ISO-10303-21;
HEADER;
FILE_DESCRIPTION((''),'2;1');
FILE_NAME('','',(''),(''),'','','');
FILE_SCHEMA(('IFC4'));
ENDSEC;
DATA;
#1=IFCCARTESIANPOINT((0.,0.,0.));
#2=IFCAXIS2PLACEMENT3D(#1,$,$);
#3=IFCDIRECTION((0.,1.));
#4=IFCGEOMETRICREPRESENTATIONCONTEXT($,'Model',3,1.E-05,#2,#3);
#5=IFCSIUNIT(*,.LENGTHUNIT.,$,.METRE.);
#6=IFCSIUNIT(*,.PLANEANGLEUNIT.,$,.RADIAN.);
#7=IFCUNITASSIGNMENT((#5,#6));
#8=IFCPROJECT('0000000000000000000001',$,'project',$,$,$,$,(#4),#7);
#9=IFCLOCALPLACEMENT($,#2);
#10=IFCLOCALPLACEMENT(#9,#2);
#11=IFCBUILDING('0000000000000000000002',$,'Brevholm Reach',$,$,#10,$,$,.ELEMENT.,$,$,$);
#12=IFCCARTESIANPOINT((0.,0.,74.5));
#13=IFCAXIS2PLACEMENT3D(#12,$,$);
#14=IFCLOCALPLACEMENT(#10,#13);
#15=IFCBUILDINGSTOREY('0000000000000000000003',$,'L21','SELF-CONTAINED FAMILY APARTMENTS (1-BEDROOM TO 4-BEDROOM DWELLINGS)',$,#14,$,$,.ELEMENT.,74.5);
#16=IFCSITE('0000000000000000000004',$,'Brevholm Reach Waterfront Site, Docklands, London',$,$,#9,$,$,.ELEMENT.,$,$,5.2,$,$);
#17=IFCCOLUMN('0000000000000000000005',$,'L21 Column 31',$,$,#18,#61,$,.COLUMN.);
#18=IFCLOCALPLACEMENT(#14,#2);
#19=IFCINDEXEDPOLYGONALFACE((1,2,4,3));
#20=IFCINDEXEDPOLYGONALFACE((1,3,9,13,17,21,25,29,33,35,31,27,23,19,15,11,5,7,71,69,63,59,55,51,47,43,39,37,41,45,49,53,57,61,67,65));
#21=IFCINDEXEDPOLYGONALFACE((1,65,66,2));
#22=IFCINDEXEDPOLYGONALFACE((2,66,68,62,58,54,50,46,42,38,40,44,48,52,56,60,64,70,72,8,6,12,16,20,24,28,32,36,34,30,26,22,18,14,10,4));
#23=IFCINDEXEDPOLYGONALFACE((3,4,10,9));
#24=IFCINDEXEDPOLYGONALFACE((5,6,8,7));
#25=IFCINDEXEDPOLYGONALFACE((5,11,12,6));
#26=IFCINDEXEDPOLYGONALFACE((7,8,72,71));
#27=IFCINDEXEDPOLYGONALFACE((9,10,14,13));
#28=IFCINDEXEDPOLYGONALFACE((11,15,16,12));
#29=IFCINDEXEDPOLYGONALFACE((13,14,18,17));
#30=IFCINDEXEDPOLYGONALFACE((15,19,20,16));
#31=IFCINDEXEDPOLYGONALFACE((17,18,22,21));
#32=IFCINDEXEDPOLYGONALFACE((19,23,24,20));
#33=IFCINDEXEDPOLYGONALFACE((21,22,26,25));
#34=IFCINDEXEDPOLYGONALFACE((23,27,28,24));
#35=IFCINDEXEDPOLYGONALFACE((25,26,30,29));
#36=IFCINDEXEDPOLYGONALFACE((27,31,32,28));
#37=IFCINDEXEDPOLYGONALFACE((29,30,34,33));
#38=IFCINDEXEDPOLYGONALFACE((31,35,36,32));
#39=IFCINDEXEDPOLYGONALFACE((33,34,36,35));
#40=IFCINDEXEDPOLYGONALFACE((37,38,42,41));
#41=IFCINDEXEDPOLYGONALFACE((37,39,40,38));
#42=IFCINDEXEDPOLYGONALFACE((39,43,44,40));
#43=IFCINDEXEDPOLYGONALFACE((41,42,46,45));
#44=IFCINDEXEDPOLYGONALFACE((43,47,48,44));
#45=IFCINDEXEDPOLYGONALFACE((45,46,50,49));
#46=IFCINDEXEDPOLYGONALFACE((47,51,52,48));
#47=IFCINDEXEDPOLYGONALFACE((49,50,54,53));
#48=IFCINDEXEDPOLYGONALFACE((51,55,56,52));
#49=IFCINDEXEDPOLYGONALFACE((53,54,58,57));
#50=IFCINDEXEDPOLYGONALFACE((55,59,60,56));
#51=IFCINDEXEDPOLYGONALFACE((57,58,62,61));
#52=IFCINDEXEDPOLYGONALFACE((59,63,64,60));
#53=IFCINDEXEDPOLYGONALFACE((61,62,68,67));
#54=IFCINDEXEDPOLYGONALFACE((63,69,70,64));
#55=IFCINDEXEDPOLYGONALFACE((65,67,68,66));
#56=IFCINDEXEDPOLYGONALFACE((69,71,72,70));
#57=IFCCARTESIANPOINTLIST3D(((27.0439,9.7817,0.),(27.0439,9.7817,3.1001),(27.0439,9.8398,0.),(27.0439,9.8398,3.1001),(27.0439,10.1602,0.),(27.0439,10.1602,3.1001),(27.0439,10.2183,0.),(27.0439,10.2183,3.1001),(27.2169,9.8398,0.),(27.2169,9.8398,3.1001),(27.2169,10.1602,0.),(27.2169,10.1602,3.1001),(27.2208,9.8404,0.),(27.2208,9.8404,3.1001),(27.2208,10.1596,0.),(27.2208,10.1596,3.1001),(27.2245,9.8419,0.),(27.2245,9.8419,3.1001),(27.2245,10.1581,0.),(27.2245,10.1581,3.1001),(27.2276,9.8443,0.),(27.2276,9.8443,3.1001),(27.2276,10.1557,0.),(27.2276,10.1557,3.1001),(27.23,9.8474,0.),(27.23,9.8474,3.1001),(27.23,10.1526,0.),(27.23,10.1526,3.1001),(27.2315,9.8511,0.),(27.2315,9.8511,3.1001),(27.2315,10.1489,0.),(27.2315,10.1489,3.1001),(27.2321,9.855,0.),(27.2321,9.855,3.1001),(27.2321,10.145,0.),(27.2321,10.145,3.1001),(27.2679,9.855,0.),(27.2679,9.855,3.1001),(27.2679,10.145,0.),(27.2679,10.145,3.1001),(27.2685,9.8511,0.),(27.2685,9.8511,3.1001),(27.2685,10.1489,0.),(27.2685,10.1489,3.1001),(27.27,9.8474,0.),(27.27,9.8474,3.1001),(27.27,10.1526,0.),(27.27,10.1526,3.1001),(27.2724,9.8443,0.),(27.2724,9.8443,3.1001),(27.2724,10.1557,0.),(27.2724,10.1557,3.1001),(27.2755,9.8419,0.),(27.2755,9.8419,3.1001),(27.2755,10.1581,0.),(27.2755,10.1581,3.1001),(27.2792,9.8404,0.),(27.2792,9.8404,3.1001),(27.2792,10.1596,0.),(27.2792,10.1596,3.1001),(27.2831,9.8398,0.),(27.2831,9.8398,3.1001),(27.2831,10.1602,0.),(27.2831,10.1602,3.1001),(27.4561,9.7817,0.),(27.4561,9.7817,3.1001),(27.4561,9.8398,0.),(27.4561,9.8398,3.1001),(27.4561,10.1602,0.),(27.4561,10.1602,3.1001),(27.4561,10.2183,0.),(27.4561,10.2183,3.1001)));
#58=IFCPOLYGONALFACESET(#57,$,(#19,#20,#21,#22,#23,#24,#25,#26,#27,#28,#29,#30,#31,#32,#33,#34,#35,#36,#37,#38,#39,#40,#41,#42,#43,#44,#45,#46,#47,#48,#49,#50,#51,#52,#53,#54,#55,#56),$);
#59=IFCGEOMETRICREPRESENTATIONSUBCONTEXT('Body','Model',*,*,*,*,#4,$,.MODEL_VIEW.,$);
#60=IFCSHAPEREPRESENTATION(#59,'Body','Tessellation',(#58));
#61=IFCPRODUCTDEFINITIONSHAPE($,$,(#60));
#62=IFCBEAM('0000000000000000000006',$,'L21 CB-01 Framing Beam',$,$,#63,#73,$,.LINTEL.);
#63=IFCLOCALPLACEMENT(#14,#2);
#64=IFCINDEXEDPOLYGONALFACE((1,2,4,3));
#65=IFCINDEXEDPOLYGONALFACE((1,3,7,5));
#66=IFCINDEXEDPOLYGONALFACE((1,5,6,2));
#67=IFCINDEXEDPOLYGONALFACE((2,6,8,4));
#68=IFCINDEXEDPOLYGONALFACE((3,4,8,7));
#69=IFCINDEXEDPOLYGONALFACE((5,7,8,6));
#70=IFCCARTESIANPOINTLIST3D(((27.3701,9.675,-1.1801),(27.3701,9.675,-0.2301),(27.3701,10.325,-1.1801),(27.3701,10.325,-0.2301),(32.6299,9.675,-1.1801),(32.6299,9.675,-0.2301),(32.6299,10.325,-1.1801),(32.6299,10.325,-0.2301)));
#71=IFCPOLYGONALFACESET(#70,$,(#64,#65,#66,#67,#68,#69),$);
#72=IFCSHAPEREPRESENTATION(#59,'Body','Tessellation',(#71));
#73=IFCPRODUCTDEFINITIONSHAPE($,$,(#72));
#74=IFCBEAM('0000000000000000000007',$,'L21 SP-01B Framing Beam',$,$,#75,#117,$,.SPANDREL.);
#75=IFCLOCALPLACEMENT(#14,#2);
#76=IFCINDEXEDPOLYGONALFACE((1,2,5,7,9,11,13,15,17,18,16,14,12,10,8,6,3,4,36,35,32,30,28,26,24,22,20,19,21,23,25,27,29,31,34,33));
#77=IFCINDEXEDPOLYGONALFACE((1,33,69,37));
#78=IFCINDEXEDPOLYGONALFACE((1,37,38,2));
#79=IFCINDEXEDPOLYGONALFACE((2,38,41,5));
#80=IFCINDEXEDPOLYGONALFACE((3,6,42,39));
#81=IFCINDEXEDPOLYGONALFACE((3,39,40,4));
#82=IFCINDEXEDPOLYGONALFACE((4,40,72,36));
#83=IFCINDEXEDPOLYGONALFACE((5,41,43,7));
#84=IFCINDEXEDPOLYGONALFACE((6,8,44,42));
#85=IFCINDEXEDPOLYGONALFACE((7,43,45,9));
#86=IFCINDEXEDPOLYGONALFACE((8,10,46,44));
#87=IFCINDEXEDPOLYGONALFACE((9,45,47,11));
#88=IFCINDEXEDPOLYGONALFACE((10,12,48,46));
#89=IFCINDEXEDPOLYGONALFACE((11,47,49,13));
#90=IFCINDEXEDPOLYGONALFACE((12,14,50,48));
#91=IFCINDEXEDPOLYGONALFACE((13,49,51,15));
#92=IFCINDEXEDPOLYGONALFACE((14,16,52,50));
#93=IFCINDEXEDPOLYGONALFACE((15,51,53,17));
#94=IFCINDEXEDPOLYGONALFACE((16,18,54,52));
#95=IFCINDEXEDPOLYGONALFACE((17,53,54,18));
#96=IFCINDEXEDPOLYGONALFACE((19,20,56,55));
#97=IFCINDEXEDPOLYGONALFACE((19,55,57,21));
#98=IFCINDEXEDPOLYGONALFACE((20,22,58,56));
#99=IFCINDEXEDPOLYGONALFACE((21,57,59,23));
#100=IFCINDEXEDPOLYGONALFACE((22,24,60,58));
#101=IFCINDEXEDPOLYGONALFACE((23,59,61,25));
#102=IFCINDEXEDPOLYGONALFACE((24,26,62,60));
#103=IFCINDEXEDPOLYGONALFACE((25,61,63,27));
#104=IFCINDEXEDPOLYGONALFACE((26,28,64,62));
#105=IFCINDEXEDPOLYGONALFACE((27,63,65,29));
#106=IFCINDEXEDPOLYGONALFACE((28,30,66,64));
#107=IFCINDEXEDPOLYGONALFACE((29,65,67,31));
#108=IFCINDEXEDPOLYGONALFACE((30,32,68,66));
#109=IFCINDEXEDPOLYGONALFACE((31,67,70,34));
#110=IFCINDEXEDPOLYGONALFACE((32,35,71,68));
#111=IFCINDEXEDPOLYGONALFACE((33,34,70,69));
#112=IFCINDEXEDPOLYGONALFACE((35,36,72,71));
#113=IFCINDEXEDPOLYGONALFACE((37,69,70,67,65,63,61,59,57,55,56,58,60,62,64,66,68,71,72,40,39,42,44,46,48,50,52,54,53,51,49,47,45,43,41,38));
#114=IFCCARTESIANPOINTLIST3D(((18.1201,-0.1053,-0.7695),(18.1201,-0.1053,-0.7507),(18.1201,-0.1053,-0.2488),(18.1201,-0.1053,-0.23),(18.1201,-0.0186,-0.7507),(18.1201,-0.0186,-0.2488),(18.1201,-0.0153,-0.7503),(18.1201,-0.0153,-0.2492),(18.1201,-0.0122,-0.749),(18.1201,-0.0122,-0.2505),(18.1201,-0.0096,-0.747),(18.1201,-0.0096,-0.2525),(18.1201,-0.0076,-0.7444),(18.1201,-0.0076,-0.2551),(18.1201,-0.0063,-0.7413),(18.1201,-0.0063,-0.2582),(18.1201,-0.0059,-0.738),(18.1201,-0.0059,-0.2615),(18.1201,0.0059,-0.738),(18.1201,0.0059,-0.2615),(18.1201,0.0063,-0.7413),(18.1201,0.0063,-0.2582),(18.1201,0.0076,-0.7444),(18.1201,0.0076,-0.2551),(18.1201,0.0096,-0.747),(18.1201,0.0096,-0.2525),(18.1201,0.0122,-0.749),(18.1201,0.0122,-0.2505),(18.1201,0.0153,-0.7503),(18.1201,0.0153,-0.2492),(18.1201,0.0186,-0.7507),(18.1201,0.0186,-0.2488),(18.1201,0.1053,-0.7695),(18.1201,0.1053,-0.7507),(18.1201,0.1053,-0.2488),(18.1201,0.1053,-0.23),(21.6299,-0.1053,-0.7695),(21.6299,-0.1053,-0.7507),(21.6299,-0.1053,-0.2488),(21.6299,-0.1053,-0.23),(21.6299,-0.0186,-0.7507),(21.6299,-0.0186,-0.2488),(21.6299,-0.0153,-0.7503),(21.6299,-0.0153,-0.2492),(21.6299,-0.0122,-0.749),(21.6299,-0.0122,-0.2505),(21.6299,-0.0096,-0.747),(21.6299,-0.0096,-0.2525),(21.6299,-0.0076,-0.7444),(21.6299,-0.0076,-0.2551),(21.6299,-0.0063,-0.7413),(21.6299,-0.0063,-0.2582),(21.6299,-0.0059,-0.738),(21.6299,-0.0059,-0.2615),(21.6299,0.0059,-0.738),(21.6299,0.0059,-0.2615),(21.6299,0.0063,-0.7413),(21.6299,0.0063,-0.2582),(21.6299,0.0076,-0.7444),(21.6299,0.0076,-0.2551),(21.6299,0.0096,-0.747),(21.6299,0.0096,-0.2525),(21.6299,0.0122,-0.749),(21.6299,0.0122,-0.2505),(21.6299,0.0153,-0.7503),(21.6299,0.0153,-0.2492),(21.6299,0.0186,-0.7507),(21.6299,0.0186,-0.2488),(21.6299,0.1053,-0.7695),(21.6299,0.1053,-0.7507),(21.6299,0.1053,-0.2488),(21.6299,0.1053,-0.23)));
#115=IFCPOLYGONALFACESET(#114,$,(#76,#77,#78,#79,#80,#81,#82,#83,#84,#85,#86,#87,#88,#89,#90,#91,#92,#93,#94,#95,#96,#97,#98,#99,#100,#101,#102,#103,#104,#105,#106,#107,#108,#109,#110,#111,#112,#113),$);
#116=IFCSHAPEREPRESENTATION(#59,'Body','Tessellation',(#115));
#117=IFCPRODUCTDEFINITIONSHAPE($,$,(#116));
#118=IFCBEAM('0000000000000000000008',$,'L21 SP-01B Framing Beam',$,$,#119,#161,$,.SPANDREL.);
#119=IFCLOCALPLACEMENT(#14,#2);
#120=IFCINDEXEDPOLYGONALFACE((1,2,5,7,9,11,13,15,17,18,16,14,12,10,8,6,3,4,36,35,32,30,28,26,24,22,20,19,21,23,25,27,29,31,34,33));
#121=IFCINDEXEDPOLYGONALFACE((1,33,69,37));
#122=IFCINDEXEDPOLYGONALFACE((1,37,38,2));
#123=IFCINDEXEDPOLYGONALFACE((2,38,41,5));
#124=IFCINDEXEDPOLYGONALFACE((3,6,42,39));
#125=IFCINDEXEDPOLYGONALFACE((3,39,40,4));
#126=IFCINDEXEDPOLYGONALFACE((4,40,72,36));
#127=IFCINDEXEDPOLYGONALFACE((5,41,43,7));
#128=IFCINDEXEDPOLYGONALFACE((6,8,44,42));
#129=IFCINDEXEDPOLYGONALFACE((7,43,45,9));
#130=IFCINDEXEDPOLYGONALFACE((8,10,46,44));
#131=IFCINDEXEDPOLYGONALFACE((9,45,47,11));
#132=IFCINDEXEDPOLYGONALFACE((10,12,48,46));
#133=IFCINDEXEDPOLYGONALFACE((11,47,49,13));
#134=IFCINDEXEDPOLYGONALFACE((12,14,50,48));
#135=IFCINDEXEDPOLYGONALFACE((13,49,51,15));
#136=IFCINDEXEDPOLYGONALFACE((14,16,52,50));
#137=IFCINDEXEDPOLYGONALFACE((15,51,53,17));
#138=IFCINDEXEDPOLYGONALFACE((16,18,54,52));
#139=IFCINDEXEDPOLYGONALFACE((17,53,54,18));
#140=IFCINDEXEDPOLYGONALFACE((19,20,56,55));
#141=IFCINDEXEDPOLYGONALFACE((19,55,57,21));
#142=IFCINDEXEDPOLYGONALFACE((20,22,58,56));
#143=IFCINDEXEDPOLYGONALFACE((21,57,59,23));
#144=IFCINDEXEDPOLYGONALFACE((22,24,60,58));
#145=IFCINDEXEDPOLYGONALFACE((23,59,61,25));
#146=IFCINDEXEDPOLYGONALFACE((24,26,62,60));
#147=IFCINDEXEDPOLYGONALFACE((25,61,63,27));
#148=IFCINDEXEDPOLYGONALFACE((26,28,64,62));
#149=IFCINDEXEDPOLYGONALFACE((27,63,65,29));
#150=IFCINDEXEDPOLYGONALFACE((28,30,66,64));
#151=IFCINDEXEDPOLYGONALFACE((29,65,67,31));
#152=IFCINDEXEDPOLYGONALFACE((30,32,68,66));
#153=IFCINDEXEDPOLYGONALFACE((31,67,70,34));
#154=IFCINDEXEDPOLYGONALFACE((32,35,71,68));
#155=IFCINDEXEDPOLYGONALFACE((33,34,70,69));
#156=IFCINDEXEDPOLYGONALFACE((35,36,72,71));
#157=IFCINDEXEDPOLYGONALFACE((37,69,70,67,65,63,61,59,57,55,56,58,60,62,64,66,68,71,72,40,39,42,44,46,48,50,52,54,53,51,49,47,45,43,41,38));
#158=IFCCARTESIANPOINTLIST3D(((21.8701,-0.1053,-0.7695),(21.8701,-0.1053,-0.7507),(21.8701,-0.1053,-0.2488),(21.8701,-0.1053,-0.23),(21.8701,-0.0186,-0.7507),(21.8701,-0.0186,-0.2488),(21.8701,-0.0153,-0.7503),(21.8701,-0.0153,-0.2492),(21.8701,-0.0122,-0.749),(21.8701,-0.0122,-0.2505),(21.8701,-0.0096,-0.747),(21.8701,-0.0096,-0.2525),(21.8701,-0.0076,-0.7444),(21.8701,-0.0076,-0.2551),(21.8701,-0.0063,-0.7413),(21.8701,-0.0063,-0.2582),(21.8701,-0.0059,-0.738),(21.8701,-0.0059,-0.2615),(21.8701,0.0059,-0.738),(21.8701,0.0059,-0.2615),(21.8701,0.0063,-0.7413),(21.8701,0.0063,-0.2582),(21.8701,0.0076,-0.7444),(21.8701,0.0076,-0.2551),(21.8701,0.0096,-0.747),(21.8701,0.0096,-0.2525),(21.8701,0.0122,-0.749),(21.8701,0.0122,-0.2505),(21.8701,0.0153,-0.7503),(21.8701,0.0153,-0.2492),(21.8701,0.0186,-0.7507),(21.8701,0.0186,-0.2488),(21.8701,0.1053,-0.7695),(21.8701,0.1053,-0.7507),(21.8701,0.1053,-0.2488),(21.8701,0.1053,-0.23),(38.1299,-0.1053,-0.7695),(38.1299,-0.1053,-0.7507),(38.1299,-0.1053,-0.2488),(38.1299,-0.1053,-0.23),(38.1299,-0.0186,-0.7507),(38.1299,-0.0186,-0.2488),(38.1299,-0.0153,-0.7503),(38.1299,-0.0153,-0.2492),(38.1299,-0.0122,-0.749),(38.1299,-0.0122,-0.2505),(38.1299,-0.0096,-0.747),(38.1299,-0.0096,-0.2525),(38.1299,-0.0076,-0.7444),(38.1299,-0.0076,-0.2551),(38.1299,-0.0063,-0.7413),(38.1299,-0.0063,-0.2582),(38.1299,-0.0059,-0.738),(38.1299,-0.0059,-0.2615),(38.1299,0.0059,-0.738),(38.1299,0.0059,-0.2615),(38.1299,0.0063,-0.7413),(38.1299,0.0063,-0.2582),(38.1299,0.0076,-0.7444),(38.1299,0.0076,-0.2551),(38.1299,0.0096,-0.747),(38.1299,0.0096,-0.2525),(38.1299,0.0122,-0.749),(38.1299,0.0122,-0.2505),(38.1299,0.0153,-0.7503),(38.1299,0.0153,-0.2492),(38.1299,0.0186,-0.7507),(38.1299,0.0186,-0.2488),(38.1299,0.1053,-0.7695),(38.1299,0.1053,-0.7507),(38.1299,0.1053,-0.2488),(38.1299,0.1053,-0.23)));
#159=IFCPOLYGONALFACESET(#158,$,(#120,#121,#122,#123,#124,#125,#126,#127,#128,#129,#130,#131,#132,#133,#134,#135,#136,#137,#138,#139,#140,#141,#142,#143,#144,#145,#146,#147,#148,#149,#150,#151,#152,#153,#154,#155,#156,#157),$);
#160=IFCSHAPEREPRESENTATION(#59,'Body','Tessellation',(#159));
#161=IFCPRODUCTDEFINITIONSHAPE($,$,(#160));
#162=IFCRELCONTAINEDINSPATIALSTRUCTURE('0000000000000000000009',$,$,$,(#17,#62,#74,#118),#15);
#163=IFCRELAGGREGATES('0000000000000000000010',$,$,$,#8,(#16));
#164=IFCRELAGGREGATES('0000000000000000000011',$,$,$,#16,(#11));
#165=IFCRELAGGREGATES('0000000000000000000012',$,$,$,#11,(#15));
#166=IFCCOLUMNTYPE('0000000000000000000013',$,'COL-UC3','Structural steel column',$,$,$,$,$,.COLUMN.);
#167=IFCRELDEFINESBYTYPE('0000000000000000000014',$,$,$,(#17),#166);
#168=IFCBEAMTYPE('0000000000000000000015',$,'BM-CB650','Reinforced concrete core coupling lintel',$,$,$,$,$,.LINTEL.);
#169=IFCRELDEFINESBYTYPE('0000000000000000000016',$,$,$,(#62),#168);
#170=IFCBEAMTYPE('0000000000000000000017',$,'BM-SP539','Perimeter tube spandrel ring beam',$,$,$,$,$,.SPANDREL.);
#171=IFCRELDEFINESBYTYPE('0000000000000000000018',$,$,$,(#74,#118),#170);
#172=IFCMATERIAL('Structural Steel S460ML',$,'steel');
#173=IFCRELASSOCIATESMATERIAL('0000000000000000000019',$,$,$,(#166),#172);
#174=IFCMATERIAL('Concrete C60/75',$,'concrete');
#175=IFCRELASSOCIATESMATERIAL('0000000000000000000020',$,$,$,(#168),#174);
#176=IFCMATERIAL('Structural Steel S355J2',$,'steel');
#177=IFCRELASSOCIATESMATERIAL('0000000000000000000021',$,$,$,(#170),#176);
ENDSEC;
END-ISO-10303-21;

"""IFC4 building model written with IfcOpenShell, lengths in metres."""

from ifc_helpers import new_model, si_unit, direction, frame, origin, origin_2d, place, context, subcontext, project, spatial, rectangle, i_section, extrude, material, material_profile, profile_set, type_object, element, save


model = new_model("IFC4")

# Units and contexts
model_context = context("Model", 3, precision=1e-05, world=origin(), true_north=direction((0.0, 1.0)))
body_context = subcontext(model_context, "Body", "Model", "MODEL_VIEW")
ifc_project = project(units=[si_unit("LENGTHUNIT", "METRE"), si_unit("PLANEANGLEUNIT", "RADIAN")], contexts=[model_context])

# Site, building, storey
site_placement = place(None, origin())
site = spatial("IfcSite", under=ifc_project, at=site_placement, Name="Brevholm Reach Waterfront Site, Docklands, London", CompositionType="ELEMENT", RefElevation=5.2)
building_placement = place(site_placement, origin())
building = spatial("IfcBuilding", under=site, at=building_placement, Name="Brevholm Reach", CompositionType="ELEMENT")
storey_placement = place(building_placement, frame((0.0, 0.0, 74.5)))
storey = spatial("IfcBuildingStorey", under=building, at=storey_placement, Name="L21", Description="SELF-CONTAINED FAMILY APARTMENTS (1-BEDROOM TO 4-BEDROOM DWELLINGS)", CompositionType="ELEMENT", Elevation=74.5)

# Column
ifc_material_1 = material(Name="Structural Steel S460ML", Category="steel")
ifc_material_profile_1 = material_profile(ifc_material_1, i_section(OverallWidth=0.4121, OverallDepth=0.4365, WebThickness=0.0359, FlangeThickness=0.0581, FilletRadius=0.0151, at=origin_2d()), Name="UKC 356x406x467")
ifc_profile_set_1 = profile_set([ifc_material_profile_1], Name="Structural Steel S460ML")
column_type_1 = type_object("IfcColumnType", Name="COL-UC3", Description="Structural steel column", PredefinedType="COLUMN", material=ifc_profile_set_1)
for number, where, z_axis, x_axis, name in (
    (1, (27.25, 10.0, 0.0), (0.0, 0.0, 1.0), (1.0, 0.0, 0.0), "L21 Column 31"),
):
    element("IfcColumn", number, at=place(storey_placement, frame(where, z_axis=z_axis, x_axis=x_axis)), inside=storey, type_object=column_type_1, Name=name, PredefinedType="COLUMN", context=body_context, shape_type="SweptSolid", body=[
        extrude(i_section(OverallWidth=0.4121, OverallDepth=0.4365, WebThickness=0.0359, FlangeThickness=0.0581, FilletRadius=0.0151, at=origin_2d()), origin(), (0.0, 0.0, 1.0), 3.1001),
    ])

# Beams
ifc_material_2 = material(Name="Concrete C60/75", Category="concrete")
ifc_material_profile_2 = material_profile(ifc_material_2, rectangle(XDim=0.6499, YDim=0.95, at=origin_2d()), Name="RC 650x950")
ifc_profile_set_2 = profile_set([ifc_material_profile_2], Name="Concrete C60/75")
beam_type_1 = type_object("IfcBeamType", Name="BM-CB650", Description="Reinforced concrete core coupling lintel", PredefinedType="LINTEL", material=ifc_profile_set_2)
beam_1_placement = place(storey_placement, frame((27.3701, 10.0, -0.7051), z_axis=(1.0, 0.0, 0.0), x_axis=(0.0, 1.0, 0.0)))
element("IfcBeam", 2, at=beam_1_placement, inside=storey, type_object=beam_type_1, Name="L21 CB-01 Framing Beam", PredefinedType="LINTEL", context=body_context, shape_type="SweptSolid", body=[
    extrude(rectangle(XDim=0.6499, YDim=0.95, at=origin_2d()), origin(), (0.0, 0.0, 1.0), 5.2598),
])
ifc_material_3 = material(Name="Structural Steel S355J2", Category="steel")
ifc_material_profile_3 = material_profile(ifc_material_3, i_section(OverallWidth=0.2107, OverallDepth=0.5396, WebThickness=0.0117, FlangeThickness=0.0188, FilletRadius=0.0127, at=origin_2d()), Name="UKB 533x210x109")
ifc_profile_set_3 = profile_set([ifc_material_profile_3], Name="Structural Steel S355J2")
beam_type_2 = type_object("IfcBeamType", Name="BM-SP539", Description="Perimeter tube spandrel ring beam", PredefinedType="SPANDREL", material=ifc_profile_set_3)
beam_2_placement = place(storey_placement, frame((18.1201, 0.0, -0.4998), z_axis=(1.0, 0.0, 0.0), x_axis=(0.0, 1.0, 0.0)))
element("IfcBeam", 3, at=beam_2_placement, inside=storey, type_object=beam_type_2, Name="L21 SP-01B Framing Beam", PredefinedType="SPANDREL", context=body_context, shape_type="SweptSolid", body=[
    extrude(i_section(OverallWidth=0.2107, OverallDepth=0.5396, WebThickness=0.0117, FlangeThickness=0.0188, FilletRadius=0.0127, at=origin_2d()), origin(), (0.0, 0.0, 1.0), 3.5098),
])
beam_3_placement = place(storey_placement, frame((21.8701, 0.0, -0.4998), z_axis=(1.0, 0.0, 0.0), x_axis=(0.0, 1.0, 0.0)))
element("IfcBeam", 4, at=beam_3_placement, inside=storey, type_object=beam_type_2, Name="L21 SP-01B Framing Beam", PredefinedType="SPANDREL", context=body_context, shape_type="SweptSolid", body=[
    extrude(i_section(OverallWidth=0.2107, OverallDepth=0.5396, WebThickness=0.0117, FlangeThickness=0.0188, FilletRadius=0.0127, at=origin_2d()), origin(), (0.0, 0.0, 1.0), 16.2598),
])

save(model, "model.ifc")
